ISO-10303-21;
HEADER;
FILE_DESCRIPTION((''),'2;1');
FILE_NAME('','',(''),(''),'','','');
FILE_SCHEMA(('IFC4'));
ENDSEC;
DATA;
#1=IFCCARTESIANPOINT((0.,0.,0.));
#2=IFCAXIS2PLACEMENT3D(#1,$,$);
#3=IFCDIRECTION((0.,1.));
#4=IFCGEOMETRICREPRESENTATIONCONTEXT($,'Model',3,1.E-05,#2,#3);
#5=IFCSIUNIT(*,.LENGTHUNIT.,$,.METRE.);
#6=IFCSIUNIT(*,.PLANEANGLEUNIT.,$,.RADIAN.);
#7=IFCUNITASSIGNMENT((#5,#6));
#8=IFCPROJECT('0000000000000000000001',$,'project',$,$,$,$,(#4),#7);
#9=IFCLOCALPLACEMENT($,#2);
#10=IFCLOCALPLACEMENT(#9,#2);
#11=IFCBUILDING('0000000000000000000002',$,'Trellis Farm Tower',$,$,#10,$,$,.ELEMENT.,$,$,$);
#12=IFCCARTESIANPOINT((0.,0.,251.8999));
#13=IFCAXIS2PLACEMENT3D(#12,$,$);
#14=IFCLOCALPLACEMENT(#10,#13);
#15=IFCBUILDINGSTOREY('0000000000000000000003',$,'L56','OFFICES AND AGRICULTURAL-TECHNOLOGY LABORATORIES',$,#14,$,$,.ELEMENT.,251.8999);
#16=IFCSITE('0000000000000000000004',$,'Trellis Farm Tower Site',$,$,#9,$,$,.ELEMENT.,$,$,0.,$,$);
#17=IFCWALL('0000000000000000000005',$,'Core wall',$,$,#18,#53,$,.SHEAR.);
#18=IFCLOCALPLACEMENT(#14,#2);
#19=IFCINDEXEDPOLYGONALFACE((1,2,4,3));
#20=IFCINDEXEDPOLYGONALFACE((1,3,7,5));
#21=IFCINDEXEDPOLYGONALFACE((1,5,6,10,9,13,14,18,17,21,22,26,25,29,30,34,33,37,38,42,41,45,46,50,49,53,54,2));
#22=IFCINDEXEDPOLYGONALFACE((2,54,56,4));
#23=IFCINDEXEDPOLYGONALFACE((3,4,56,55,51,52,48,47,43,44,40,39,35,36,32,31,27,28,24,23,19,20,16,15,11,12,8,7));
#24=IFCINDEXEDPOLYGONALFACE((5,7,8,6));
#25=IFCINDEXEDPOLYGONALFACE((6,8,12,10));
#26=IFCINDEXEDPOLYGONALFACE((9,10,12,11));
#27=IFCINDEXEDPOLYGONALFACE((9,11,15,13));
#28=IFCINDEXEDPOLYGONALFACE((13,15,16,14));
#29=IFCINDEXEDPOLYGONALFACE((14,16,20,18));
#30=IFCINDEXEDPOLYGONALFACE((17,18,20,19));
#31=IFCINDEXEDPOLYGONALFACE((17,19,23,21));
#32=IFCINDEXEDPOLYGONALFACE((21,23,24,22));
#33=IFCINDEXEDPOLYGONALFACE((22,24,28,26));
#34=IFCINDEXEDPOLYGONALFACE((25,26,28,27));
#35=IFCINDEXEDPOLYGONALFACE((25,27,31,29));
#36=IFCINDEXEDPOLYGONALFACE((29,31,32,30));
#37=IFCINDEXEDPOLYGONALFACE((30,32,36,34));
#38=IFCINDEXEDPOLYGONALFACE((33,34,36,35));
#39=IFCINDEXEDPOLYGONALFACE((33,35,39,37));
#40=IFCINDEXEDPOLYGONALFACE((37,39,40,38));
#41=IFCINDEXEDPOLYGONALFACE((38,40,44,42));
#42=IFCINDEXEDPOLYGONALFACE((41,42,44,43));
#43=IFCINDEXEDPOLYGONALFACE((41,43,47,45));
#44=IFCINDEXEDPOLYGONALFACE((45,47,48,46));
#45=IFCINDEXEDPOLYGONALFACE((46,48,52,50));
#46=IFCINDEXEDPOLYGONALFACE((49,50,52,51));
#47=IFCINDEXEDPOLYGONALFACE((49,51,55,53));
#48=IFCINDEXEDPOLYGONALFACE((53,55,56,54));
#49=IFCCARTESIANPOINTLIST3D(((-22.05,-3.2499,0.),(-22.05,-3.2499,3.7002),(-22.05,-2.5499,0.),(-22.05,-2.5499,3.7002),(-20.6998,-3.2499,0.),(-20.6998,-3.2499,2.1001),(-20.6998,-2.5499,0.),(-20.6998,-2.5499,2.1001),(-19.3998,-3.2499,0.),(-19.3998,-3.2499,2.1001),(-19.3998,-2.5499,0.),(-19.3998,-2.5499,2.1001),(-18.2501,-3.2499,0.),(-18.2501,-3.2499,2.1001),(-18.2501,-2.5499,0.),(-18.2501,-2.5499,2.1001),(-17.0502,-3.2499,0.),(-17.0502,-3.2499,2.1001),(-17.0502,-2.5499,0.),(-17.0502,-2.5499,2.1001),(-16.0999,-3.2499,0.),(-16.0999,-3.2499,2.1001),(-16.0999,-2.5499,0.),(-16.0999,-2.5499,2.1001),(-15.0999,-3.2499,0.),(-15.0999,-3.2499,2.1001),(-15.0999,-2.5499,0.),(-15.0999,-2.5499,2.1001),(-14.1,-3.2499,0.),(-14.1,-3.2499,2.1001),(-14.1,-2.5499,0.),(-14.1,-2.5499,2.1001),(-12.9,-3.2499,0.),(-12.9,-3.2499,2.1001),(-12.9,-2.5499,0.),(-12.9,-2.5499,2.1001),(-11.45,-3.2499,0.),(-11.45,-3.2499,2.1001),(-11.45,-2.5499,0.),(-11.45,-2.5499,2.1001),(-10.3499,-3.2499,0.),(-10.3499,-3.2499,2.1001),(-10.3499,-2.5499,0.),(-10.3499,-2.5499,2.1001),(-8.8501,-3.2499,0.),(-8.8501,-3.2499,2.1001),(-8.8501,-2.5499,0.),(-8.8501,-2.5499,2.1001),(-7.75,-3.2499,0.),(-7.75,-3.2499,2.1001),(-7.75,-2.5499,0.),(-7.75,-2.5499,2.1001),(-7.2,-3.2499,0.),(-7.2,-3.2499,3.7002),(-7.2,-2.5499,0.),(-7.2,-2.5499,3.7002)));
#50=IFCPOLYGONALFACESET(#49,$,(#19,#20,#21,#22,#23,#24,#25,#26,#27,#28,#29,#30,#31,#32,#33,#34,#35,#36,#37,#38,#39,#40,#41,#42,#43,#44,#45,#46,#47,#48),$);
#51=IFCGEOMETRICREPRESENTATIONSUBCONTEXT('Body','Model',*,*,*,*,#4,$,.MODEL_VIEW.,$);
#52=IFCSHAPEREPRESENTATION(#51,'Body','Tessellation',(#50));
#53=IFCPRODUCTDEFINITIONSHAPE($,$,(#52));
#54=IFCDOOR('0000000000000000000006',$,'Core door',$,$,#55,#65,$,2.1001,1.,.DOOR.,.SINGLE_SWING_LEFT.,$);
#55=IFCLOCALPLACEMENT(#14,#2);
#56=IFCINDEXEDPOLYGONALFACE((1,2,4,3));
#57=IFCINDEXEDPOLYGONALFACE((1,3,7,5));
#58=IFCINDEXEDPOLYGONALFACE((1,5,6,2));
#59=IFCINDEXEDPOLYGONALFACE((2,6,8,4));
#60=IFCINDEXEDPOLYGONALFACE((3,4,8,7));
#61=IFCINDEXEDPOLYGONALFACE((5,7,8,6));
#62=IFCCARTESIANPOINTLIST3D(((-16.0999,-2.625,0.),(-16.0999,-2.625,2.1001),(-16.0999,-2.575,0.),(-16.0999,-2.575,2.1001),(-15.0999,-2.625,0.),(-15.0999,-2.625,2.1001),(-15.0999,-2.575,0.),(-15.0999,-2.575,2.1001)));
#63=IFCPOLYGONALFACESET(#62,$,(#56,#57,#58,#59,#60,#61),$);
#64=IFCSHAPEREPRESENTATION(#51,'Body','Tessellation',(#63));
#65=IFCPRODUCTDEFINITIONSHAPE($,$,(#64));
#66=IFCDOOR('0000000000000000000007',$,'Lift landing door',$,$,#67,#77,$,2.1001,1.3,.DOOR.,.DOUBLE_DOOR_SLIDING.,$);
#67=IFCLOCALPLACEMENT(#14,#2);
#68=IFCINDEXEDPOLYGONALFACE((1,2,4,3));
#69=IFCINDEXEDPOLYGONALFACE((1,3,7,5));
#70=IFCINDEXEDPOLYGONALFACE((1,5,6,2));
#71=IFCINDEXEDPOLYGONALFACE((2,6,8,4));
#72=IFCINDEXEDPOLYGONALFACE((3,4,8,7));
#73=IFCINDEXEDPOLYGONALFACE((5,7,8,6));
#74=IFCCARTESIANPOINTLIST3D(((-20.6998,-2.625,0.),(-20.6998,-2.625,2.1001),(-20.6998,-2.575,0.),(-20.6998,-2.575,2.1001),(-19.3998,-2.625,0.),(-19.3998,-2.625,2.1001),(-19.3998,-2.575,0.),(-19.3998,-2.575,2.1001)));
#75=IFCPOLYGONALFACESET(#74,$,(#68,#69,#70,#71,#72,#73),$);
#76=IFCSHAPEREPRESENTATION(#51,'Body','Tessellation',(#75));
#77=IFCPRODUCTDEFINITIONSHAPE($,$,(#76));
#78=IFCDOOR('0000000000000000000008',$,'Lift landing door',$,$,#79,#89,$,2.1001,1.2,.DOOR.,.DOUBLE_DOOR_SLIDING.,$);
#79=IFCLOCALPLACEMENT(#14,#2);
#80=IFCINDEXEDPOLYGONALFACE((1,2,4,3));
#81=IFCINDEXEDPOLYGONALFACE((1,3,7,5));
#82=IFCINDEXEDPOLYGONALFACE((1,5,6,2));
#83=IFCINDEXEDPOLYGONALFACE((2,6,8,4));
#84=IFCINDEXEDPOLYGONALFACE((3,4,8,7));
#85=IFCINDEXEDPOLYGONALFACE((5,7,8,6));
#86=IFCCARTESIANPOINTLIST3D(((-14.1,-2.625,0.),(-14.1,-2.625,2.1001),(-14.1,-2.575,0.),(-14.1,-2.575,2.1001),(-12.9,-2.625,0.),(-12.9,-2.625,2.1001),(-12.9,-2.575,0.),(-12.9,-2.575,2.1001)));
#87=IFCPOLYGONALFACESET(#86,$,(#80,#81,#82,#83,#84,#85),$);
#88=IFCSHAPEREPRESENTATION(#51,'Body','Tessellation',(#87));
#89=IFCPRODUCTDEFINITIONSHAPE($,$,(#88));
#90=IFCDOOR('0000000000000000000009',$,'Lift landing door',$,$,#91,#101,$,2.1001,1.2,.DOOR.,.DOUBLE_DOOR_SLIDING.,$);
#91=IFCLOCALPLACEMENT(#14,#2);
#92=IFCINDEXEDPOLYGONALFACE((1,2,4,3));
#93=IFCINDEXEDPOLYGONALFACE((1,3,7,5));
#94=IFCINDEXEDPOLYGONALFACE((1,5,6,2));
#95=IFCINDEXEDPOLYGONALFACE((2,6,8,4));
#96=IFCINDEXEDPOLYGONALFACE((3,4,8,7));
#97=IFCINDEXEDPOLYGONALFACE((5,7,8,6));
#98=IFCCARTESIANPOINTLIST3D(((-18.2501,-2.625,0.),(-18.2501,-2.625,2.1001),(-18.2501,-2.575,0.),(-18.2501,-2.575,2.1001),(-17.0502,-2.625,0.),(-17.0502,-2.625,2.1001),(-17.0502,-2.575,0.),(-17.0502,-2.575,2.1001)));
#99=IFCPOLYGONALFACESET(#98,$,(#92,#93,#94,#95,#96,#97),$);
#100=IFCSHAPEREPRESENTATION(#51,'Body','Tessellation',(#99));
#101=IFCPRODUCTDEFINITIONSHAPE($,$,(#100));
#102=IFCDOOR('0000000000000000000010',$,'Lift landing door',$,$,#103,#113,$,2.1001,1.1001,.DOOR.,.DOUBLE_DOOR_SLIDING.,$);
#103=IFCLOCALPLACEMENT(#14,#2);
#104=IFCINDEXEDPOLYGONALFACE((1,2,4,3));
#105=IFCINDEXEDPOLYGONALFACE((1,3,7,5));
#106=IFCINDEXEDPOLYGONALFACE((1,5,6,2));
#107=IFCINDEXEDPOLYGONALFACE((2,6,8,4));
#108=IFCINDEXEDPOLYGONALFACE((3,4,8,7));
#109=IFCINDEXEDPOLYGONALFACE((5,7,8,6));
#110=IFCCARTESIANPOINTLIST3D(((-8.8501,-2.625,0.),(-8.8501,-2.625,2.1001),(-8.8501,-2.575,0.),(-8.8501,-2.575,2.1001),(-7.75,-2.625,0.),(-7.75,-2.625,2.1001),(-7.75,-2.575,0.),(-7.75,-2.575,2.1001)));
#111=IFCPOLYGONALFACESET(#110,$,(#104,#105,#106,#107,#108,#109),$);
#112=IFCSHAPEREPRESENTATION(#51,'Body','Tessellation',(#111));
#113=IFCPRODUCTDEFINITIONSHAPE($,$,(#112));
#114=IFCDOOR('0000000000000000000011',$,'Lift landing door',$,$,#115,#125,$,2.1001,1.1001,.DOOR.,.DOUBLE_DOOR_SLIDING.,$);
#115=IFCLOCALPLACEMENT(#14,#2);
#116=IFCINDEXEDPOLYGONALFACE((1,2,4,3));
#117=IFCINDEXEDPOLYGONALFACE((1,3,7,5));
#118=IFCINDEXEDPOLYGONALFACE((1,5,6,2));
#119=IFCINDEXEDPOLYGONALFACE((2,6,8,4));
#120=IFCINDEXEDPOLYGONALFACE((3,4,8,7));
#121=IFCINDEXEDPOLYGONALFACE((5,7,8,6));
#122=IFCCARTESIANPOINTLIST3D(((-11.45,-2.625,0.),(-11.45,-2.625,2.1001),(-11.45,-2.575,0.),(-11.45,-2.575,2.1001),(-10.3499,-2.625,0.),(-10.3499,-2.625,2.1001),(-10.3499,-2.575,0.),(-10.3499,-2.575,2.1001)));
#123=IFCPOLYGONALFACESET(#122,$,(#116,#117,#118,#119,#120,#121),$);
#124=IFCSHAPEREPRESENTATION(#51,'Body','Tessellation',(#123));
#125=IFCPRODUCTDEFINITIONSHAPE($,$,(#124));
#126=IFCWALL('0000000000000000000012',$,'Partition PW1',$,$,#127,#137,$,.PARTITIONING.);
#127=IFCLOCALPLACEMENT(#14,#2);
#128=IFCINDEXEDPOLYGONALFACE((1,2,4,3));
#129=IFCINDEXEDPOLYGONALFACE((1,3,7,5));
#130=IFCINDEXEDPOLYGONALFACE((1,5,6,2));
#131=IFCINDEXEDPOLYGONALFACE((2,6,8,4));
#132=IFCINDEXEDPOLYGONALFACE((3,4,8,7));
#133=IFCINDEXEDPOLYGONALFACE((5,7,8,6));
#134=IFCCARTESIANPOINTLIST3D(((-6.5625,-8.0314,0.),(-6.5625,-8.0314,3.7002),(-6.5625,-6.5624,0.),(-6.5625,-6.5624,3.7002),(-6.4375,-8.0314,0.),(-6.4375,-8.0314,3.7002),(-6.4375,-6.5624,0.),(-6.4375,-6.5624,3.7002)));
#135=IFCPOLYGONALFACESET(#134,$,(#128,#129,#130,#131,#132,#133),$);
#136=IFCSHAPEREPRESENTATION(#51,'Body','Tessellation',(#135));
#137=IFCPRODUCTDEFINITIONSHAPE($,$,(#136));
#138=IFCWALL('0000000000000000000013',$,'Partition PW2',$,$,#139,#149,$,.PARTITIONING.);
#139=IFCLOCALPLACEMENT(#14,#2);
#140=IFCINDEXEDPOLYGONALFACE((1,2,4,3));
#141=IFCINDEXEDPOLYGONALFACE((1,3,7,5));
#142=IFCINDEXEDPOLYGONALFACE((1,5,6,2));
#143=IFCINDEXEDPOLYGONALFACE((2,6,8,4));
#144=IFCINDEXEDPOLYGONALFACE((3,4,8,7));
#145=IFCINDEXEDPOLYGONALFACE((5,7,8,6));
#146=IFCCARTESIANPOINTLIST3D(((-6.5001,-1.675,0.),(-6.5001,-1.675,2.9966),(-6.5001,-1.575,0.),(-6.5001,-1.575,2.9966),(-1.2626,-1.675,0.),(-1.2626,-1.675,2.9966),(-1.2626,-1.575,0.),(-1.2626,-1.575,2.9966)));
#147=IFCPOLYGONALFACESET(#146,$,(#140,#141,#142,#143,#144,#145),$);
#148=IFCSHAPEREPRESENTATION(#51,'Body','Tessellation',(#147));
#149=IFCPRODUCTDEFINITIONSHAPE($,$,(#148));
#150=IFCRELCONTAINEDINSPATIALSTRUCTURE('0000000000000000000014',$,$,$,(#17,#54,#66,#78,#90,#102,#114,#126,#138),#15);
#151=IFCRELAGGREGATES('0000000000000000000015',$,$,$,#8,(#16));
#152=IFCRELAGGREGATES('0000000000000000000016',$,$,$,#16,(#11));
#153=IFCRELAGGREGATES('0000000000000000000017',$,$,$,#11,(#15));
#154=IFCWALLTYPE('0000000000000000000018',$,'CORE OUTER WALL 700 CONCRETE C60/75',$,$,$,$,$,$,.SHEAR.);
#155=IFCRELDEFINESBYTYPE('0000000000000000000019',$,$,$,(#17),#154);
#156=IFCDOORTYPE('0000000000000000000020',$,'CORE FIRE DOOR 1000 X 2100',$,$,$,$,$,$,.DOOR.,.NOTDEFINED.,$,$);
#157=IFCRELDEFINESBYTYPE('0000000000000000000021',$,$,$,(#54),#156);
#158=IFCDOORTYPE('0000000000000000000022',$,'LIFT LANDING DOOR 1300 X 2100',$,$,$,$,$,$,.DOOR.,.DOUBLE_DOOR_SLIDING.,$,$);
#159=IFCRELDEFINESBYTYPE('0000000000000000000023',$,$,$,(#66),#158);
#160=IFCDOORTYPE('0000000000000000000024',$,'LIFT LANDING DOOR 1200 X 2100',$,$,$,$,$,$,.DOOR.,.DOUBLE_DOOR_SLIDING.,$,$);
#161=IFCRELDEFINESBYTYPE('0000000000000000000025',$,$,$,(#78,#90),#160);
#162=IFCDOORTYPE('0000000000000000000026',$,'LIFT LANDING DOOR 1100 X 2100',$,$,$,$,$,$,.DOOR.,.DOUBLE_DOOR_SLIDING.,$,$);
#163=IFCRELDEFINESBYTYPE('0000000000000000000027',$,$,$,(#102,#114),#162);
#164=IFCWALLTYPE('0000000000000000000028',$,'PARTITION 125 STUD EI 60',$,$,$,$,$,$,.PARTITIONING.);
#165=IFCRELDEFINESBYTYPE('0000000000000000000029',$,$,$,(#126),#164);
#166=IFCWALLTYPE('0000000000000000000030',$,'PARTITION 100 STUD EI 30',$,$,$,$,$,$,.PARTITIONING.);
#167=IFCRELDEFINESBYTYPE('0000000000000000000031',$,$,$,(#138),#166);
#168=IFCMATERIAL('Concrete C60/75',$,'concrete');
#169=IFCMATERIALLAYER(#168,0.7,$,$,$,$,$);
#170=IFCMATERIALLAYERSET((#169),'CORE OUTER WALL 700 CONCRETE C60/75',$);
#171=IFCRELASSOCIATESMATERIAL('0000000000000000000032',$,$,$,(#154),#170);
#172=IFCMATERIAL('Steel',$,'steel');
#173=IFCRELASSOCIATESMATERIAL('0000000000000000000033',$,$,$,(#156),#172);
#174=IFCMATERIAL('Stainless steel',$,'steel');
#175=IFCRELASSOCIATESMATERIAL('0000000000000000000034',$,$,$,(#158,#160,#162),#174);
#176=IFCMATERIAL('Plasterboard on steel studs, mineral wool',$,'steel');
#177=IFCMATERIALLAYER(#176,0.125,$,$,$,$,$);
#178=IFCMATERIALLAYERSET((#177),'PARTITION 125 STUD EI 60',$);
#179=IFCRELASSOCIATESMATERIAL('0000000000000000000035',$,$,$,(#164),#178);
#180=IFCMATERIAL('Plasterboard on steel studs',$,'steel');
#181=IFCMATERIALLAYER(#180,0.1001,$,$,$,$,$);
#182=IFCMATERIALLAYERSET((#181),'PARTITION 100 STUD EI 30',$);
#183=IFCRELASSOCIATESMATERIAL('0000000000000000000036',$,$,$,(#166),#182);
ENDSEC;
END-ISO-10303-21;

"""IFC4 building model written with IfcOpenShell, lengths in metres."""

from ifc_helpers import new_model, si_unit, direction, frame, frame_2d, origin, place, context, subcontext, project, spatial, rectangle, extrude, source, transform, mapped, material, layer, layer_set, type_object, element, fill, save


model = new_model("IFC4")

# Units and contexts
model_context = context("Model", 3, precision=1e-05, world=origin(), true_north=direction((0.0, 1.0)))
body_context = subcontext(model_context, "Body", "Model", "MODEL_VIEW")
ifc_project = project(units=[si_unit("LENGTHUNIT", "METRE"), si_unit("PLANEANGLEUNIT", "RADIAN")], contexts=[model_context])

# Site, building, storey
site_placement = place(None, origin())
site = spatial("IfcSite", under=ifc_project, at=site_placement, Name="Trellis Farm Tower Site", CompositionType="ELEMENT", RefElevation=0.0)
building_placement = place(site_placement, origin())
building = spatial("IfcBuilding", under=site, at=building_placement, Name="Trellis Farm Tower", CompositionType="ELEMENT")
storey_placement = place(building_placement, frame((0.0, 0.0, 251.8999)))
storey = spatial("IfcBuildingStorey", under=building, at=storey_placement, Name="L56", Description="OFFICES AND AGRICULTURAL-TECHNOLOGY LABORATORIES", CompositionType="ELEMENT", Elevation=251.8999)

# Shared definitions
ifc_material_1 = material(Name="Concrete C60/75", Category="concrete")

# Wall, openings, doors
ifc_layer_1 = layer(ifc_material_1, 0.7)
ifc_layer_set_1 = layer_set([ifc_layer_1], Name="CORE OUTER WALL 700 CONCRETE C60/75")
wall_type_1 = type_object("IfcWallType", Name="CORE OUTER WALL 700 CONCRETE C60/75", PredefinedType="SHEAR", material=ifc_layer_set_1)
shared_shape_1 = source(origin(), body_context, "Body", "SweptSolid", [
    extrude(rectangle(XDim=14.8501, YDim=0.7, at=frame_2d((7.425, 0.0))), origin(), (0.0, 0.0, 1.0), 3.7002),
])
wall_1_placement = place(storey_placement, frame((-7.2, -2.8999, 0.0), z_axis=(0.0, 0.0, 1.0), x_axis=(-1.0, 0.0, 0.0)))
wall_1 = element("IfcWall", 1, at=wall_1_placement, inside=storey, type_object=wall_type_1, Name="Core wall", PredefinedType="SHEAR", context=body_context, shape_type="MappedRepresentation", body=[
    mapped(shared_shape_1, transform((0.0, 0.0, 0.0))),
])
shared_shape_2 = source(origin(), body_context, "Body", "SweptSolid", [
    extrude(rectangle(XDim=1.1001, YDim=2.1001, at=frame_2d((0.55, 1.05))), frame((0.0, 0.3601, 0.0), z_axis=(0.0, -1.0, 0.0), x_axis=(1.0, 0.0, 0.0)), (0.0, 0.0, 1.0), 0.7202),
])
opening_1_placement = place(wall_1_placement, frame((0.55, 0.0, 0.0)))
opening_1 = element("IfcOpeningElement", 2, at=opening_1_placement, cuts=wall_1, PredefinedType="OPENING", context=body_context, shape_type="MappedRepresentation", body=[
    mapped(shared_shape_2, transform((0.0, 0.0, 0.0))),
])
opening_2_placement = place(wall_1_placement, frame((3.1499, 0.0, 0.0)))
opening_2 = element("IfcOpeningElement", 3, at=opening_2_placement, cuts=wall_1, PredefinedType="OPENING", context=body_context, shape_type="MappedRepresentation", body=[
    mapped(shared_shape_2, transform((0.0, 0.0, 0.0))),
])
shared_shape_3 = source(origin(), body_context, "Body", "SweptSolid", [
    extrude(rectangle(XDim=1.2, YDim=2.1001, at=frame_2d((0.6001, 1.05))), frame((0.0, 0.3601, 0.0), z_axis=(0.0, -1.0, 0.0), x_axis=(1.0, 0.0, 0.0)), (0.0, 0.0, 1.0), 0.7202),
])
opening_3_placement = place(wall_1_placement, frame((5.7, 0.0, 0.0)))
opening_3 = element("IfcOpeningElement", 4, at=opening_3_placement, cuts=wall_1, PredefinedType="OPENING", context=body_context, shape_type="MappedRepresentation", body=[
    mapped(shared_shape_3, transform((0.0, 0.0, 0.0))),
])
shared_shape_4 = source(origin(), body_context, "Body", "SweptSolid", [
    extrude(rectangle(XDim=1.3, YDim=2.1001, at=frame_2d((0.6499, 1.05))), frame((0.0, 0.3601, 0.0), z_axis=(0.0, -1.0, 0.0), x_axis=(1.0, 0.0, 0.0)), (0.0, 0.0, 1.0), 0.7202),
])
opening_4_placement = place(wall_1_placement, frame((12.2, 0.0, 0.0)))
opening_4 = element("IfcOpeningElement", 5, at=opening_4_placement, cuts=wall_1, PredefinedType="OPENING", context=body_context, shape_type="MappedRepresentation", body=[
    mapped(shared_shape_4, transform((0.0, 0.0, 0.0))),
])
opening_5_placement = place(wall_1_placement, frame((9.8501, 0.0, 0.0)))
opening_5 = element("IfcOpeningElement", 6, at=opening_5_placement, cuts=wall_1, PredefinedType="OPENING", context=body_context, shape_type="MappedRepresentation", body=[
    mapped(shared_shape_3, transform((0.0, 0.0, 0.0))),
])
shared_shape_5 = source(origin(), body_context, "Body", "SweptSolid", [
    extrude(rectangle(XDim=1.0, YDim=2.1001, at=frame_2d((0.5, 1.05))), frame((0.0, 0.3601, 0.0), z_axis=(0.0, -1.0, 0.0), x_axis=(1.0, 0.0, 0.0)), (0.0, 0.0, 1.0), 0.7202),
])
opening_6_placement = place(wall_1_placement, frame((7.8999, 0.0, 0.0)))
opening_6 = element("IfcOpeningElement", 7, at=opening_6_placement, cuts=wall_1, PredefinedType="OPENING", context=body_context, shape_type="MappedRepresentation", body=[
    mapped(shared_shape_5, transform((0.0, 0.0, 0.0))),
])
ifc_material_2 = material(Name="Steel", Category="steel")
door_type_1 = type_object("IfcDoorType", Name="CORE FIRE DOOR 1000 X 2100", OperationType="NOTDEFINED", PredefinedType="DOOR", material=ifc_material_2)
shared_shape_6 = source(origin(), body_context, "Body", "SweptSolid", [
    extrude(rectangle(XDim=1.0, YDim=2.1001, at=frame_2d((0.5, 1.05))), frame((0.0, -0.2749, 0.0), z_axis=(0.0, -1.0, 0.0), x_axis=(1.0, 0.0, 0.0)), (0.0, 0.0, 1.0), 0.05),
])
door_1_placement = place(opening_6_placement, origin())
door_1 = element("IfcDoor", 8, at=door_1_placement, inside=storey, type_object=door_type_1, Name="Core door", OperationType="SINGLE_SWING_LEFT", OverallHeight=2.1001, OverallWidth=1.0, PredefinedType="DOOR", context=body_context, shape_type="MappedRepresentation", body=[
    mapped(shared_shape_6, transform((0.0, 0.0, 0.0))),
])
fill(opening_6, door_1)
ifc_material_3 = material(Name="Stainless steel", Category="steel")
door_type_2 = type_object("IfcDoorType", Name="LIFT LANDING DOOR 1300 X 2100", OperationType="DOUBLE_DOOR_SLIDING", PredefinedType="DOOR", material=ifc_material_3)
shared_shape_7 = source(origin(), body_context, "Body", "SweptSolid", [
    extrude(rectangle(XDim=1.3, YDim=2.1001, at=frame_2d((0.6499, 1.05))), frame((0.0, -0.2749, 0.0), z_axis=(0.0, -1.0, 0.0), x_axis=(1.0, 0.0, 0.0)), (0.0, 0.0, 1.0), 0.05),
])
door_2_placement = place(opening_4_placement, origin())
door_2 = element("IfcDoor", 9, at=door_2_placement, inside=storey, type_object=door_type_2, Name="Lift landing door", OperationType="DOUBLE_DOOR_SLIDING", OverallHeight=2.1001, OverallWidth=1.3, PredefinedType="DOOR", context=body_context, shape_type="MappedRepresentation", body=[
    mapped(shared_shape_7, transform((0.0, 0.0, 0.0))),
])
fill(opening_4, door_2)
door_type_3 = type_object("IfcDoorType", Name="LIFT LANDING DOOR 1200 X 2100", OperationType="DOUBLE_DOOR_SLIDING", PredefinedType="DOOR", material=ifc_material_3)
shared_shape_8 = source(origin(), body_context, "Body", "SweptSolid", [
    extrude(rectangle(XDim=1.2, YDim=2.1001, at=frame_2d((0.6001, 1.05))), frame((0.0, -0.2749, 0.0), z_axis=(0.0, -1.0, 0.0), x_axis=(1.0, 0.0, 0.0)), (0.0, 0.0, 1.0), 0.05),
])
door_3_placement = place(opening_3_placement, origin())
door_3 = element("IfcDoor", 10, at=door_3_placement, inside=storey, type_object=door_type_3, Name="Lift landing door", OperationType="DOUBLE_DOOR_SLIDING", OverallHeight=2.1001, OverallWidth=1.2, PredefinedType="DOOR", context=body_context, shape_type="MappedRepresentation", body=[
    mapped(shared_shape_8, transform((0.0, 0.0, 0.0))),
])
fill(opening_3, door_3)
door_4_placement = place(opening_5_placement, origin())
door_4 = element("IfcDoor", 11, at=door_4_placement, inside=storey, type_object=door_type_3, Name="Lift landing door", OperationType="DOUBLE_DOOR_SLIDING", OverallHeight=2.1001, OverallWidth=1.2, PredefinedType="DOOR", context=body_context, shape_type="MappedRepresentation", body=[
    mapped(shared_shape_8, transform((0.0, 0.0, 0.0))),
])
fill(opening_5, door_4)
door_type_4 = type_object("IfcDoorType", Name="LIFT LANDING DOOR 1100 X 2100", OperationType="DOUBLE_DOOR_SLIDING", PredefinedType="DOOR", material=ifc_material_3)
shared_shape_9 = source(origin(), body_context, "Body", "SweptSolid", [
    extrude(rectangle(XDim=1.1001, YDim=2.1001, at=frame_2d((0.55, 1.05))), frame((0.0, -0.2749, 0.0), z_axis=(0.0, -1.0, 0.0), x_axis=(1.0, 0.0, 0.0)), (0.0, 0.0, 1.0), 0.05),
])
door_5_placement = place(opening_1_placement, origin())
door_5 = element("IfcDoor", 12, at=door_5_placement, inside=storey, type_object=door_type_4, Name="Lift landing door", OperationType="DOUBLE_DOOR_SLIDING", OverallHeight=2.1001, OverallWidth=1.1001, PredefinedType="DOOR", context=body_context, shape_type="MappedRepresentation", body=[
    mapped(shared_shape_9, transform((0.0, 0.0, 0.0))),
])
fill(opening_1, door_5)
door_6_placement = place(opening_2_placement, origin())
door_6 = element("IfcDoor", 13, at=door_6_placement, inside=storey, type_object=door_type_4, Name="Lift landing door", OperationType="DOUBLE_DOOR_SLIDING", OverallHeight=2.1001, OverallWidth=1.1001, PredefinedType="DOOR", context=body_context, shape_type="MappedRepresentation", body=[
    mapped(shared_shape_9, transform((0.0, 0.0, 0.0))),
])
fill(opening_2, door_6)

# Walls
ifc_material_4 = material(Name="Plasterboard on steel studs, mineral wool", Category="steel")
ifc_layer_2 = layer(ifc_material_4, 0.125)
ifc_layer_set_2 = layer_set([ifc_layer_2], Name="PARTITION 125 STUD EI 60")
wall_type_2 = type_object("IfcWallType", Name="PARTITION 125 STUD EI 60", PredefinedType="PARTITIONING", material=ifc_layer_set_2)
shared_shape_10 = source(origin(), body_context, "Body", "SweptSolid", [
    extrude(rectangle(XDim=1.469, YDim=0.125, at=frame_2d((0.7344, 0.0))), origin(), (0.0, 0.0, 1.0), 3.7002),
])
wall_2_placement = place(storey_placement, frame((-6.5, -6.5625, 0.0), z_axis=(0.0, 0.0, 1.0), x_axis=(0.0, -1.0, 0.0)))
element("IfcWall", 14, at=wall_2_placement, inside=storey, type_object=wall_type_2, Name="Partition PW1", PredefinedType="PARTITIONING", context=body_context, shape_type="MappedRepresentation", body=[
    mapped(shared_shape_10, transform((0.0, 0.0, 0.0))),
])
ifc_material_5 = material(Name="Plasterboard on steel studs", Category="steel")
ifc_layer_3 = layer(ifc_material_5, 0.1001)
ifc_layer_set_3 = layer_set([ifc_layer_3], Name="PARTITION 100 STUD EI 30")
wall_type_3 = type_object("IfcWallType", Name="PARTITION 100 STUD EI 30", PredefinedType="PARTITIONING", material=ifc_layer_set_3)
shared_shape_11 = source(origin(), body_context, "Body", "SweptSolid", [
    extrude(rectangle(XDim=5.2375, YDim=0.1001, at=frame_2d((2.6187, 0.0))), origin(), (0.0, 0.0, 1.0), 2.9966),
])
wall_3_placement = place(storey_placement, frame((-6.5, -1.625, 0.0), z_axis=(0.0, 0.0, 1.0), x_axis=(1.0, 0.0, 0.0)))
element("IfcWall", 15, at=wall_3_placement, inside=storey, type_object=wall_type_3, Name="Partition PW2", PredefinedType="PARTITIONING", context=body_context, shape_type="MappedRepresentation", body=[
    mapped(shared_shape_11, transform((0.0, 0.0, 0.0))),
])

save(model, "model.ifc")
